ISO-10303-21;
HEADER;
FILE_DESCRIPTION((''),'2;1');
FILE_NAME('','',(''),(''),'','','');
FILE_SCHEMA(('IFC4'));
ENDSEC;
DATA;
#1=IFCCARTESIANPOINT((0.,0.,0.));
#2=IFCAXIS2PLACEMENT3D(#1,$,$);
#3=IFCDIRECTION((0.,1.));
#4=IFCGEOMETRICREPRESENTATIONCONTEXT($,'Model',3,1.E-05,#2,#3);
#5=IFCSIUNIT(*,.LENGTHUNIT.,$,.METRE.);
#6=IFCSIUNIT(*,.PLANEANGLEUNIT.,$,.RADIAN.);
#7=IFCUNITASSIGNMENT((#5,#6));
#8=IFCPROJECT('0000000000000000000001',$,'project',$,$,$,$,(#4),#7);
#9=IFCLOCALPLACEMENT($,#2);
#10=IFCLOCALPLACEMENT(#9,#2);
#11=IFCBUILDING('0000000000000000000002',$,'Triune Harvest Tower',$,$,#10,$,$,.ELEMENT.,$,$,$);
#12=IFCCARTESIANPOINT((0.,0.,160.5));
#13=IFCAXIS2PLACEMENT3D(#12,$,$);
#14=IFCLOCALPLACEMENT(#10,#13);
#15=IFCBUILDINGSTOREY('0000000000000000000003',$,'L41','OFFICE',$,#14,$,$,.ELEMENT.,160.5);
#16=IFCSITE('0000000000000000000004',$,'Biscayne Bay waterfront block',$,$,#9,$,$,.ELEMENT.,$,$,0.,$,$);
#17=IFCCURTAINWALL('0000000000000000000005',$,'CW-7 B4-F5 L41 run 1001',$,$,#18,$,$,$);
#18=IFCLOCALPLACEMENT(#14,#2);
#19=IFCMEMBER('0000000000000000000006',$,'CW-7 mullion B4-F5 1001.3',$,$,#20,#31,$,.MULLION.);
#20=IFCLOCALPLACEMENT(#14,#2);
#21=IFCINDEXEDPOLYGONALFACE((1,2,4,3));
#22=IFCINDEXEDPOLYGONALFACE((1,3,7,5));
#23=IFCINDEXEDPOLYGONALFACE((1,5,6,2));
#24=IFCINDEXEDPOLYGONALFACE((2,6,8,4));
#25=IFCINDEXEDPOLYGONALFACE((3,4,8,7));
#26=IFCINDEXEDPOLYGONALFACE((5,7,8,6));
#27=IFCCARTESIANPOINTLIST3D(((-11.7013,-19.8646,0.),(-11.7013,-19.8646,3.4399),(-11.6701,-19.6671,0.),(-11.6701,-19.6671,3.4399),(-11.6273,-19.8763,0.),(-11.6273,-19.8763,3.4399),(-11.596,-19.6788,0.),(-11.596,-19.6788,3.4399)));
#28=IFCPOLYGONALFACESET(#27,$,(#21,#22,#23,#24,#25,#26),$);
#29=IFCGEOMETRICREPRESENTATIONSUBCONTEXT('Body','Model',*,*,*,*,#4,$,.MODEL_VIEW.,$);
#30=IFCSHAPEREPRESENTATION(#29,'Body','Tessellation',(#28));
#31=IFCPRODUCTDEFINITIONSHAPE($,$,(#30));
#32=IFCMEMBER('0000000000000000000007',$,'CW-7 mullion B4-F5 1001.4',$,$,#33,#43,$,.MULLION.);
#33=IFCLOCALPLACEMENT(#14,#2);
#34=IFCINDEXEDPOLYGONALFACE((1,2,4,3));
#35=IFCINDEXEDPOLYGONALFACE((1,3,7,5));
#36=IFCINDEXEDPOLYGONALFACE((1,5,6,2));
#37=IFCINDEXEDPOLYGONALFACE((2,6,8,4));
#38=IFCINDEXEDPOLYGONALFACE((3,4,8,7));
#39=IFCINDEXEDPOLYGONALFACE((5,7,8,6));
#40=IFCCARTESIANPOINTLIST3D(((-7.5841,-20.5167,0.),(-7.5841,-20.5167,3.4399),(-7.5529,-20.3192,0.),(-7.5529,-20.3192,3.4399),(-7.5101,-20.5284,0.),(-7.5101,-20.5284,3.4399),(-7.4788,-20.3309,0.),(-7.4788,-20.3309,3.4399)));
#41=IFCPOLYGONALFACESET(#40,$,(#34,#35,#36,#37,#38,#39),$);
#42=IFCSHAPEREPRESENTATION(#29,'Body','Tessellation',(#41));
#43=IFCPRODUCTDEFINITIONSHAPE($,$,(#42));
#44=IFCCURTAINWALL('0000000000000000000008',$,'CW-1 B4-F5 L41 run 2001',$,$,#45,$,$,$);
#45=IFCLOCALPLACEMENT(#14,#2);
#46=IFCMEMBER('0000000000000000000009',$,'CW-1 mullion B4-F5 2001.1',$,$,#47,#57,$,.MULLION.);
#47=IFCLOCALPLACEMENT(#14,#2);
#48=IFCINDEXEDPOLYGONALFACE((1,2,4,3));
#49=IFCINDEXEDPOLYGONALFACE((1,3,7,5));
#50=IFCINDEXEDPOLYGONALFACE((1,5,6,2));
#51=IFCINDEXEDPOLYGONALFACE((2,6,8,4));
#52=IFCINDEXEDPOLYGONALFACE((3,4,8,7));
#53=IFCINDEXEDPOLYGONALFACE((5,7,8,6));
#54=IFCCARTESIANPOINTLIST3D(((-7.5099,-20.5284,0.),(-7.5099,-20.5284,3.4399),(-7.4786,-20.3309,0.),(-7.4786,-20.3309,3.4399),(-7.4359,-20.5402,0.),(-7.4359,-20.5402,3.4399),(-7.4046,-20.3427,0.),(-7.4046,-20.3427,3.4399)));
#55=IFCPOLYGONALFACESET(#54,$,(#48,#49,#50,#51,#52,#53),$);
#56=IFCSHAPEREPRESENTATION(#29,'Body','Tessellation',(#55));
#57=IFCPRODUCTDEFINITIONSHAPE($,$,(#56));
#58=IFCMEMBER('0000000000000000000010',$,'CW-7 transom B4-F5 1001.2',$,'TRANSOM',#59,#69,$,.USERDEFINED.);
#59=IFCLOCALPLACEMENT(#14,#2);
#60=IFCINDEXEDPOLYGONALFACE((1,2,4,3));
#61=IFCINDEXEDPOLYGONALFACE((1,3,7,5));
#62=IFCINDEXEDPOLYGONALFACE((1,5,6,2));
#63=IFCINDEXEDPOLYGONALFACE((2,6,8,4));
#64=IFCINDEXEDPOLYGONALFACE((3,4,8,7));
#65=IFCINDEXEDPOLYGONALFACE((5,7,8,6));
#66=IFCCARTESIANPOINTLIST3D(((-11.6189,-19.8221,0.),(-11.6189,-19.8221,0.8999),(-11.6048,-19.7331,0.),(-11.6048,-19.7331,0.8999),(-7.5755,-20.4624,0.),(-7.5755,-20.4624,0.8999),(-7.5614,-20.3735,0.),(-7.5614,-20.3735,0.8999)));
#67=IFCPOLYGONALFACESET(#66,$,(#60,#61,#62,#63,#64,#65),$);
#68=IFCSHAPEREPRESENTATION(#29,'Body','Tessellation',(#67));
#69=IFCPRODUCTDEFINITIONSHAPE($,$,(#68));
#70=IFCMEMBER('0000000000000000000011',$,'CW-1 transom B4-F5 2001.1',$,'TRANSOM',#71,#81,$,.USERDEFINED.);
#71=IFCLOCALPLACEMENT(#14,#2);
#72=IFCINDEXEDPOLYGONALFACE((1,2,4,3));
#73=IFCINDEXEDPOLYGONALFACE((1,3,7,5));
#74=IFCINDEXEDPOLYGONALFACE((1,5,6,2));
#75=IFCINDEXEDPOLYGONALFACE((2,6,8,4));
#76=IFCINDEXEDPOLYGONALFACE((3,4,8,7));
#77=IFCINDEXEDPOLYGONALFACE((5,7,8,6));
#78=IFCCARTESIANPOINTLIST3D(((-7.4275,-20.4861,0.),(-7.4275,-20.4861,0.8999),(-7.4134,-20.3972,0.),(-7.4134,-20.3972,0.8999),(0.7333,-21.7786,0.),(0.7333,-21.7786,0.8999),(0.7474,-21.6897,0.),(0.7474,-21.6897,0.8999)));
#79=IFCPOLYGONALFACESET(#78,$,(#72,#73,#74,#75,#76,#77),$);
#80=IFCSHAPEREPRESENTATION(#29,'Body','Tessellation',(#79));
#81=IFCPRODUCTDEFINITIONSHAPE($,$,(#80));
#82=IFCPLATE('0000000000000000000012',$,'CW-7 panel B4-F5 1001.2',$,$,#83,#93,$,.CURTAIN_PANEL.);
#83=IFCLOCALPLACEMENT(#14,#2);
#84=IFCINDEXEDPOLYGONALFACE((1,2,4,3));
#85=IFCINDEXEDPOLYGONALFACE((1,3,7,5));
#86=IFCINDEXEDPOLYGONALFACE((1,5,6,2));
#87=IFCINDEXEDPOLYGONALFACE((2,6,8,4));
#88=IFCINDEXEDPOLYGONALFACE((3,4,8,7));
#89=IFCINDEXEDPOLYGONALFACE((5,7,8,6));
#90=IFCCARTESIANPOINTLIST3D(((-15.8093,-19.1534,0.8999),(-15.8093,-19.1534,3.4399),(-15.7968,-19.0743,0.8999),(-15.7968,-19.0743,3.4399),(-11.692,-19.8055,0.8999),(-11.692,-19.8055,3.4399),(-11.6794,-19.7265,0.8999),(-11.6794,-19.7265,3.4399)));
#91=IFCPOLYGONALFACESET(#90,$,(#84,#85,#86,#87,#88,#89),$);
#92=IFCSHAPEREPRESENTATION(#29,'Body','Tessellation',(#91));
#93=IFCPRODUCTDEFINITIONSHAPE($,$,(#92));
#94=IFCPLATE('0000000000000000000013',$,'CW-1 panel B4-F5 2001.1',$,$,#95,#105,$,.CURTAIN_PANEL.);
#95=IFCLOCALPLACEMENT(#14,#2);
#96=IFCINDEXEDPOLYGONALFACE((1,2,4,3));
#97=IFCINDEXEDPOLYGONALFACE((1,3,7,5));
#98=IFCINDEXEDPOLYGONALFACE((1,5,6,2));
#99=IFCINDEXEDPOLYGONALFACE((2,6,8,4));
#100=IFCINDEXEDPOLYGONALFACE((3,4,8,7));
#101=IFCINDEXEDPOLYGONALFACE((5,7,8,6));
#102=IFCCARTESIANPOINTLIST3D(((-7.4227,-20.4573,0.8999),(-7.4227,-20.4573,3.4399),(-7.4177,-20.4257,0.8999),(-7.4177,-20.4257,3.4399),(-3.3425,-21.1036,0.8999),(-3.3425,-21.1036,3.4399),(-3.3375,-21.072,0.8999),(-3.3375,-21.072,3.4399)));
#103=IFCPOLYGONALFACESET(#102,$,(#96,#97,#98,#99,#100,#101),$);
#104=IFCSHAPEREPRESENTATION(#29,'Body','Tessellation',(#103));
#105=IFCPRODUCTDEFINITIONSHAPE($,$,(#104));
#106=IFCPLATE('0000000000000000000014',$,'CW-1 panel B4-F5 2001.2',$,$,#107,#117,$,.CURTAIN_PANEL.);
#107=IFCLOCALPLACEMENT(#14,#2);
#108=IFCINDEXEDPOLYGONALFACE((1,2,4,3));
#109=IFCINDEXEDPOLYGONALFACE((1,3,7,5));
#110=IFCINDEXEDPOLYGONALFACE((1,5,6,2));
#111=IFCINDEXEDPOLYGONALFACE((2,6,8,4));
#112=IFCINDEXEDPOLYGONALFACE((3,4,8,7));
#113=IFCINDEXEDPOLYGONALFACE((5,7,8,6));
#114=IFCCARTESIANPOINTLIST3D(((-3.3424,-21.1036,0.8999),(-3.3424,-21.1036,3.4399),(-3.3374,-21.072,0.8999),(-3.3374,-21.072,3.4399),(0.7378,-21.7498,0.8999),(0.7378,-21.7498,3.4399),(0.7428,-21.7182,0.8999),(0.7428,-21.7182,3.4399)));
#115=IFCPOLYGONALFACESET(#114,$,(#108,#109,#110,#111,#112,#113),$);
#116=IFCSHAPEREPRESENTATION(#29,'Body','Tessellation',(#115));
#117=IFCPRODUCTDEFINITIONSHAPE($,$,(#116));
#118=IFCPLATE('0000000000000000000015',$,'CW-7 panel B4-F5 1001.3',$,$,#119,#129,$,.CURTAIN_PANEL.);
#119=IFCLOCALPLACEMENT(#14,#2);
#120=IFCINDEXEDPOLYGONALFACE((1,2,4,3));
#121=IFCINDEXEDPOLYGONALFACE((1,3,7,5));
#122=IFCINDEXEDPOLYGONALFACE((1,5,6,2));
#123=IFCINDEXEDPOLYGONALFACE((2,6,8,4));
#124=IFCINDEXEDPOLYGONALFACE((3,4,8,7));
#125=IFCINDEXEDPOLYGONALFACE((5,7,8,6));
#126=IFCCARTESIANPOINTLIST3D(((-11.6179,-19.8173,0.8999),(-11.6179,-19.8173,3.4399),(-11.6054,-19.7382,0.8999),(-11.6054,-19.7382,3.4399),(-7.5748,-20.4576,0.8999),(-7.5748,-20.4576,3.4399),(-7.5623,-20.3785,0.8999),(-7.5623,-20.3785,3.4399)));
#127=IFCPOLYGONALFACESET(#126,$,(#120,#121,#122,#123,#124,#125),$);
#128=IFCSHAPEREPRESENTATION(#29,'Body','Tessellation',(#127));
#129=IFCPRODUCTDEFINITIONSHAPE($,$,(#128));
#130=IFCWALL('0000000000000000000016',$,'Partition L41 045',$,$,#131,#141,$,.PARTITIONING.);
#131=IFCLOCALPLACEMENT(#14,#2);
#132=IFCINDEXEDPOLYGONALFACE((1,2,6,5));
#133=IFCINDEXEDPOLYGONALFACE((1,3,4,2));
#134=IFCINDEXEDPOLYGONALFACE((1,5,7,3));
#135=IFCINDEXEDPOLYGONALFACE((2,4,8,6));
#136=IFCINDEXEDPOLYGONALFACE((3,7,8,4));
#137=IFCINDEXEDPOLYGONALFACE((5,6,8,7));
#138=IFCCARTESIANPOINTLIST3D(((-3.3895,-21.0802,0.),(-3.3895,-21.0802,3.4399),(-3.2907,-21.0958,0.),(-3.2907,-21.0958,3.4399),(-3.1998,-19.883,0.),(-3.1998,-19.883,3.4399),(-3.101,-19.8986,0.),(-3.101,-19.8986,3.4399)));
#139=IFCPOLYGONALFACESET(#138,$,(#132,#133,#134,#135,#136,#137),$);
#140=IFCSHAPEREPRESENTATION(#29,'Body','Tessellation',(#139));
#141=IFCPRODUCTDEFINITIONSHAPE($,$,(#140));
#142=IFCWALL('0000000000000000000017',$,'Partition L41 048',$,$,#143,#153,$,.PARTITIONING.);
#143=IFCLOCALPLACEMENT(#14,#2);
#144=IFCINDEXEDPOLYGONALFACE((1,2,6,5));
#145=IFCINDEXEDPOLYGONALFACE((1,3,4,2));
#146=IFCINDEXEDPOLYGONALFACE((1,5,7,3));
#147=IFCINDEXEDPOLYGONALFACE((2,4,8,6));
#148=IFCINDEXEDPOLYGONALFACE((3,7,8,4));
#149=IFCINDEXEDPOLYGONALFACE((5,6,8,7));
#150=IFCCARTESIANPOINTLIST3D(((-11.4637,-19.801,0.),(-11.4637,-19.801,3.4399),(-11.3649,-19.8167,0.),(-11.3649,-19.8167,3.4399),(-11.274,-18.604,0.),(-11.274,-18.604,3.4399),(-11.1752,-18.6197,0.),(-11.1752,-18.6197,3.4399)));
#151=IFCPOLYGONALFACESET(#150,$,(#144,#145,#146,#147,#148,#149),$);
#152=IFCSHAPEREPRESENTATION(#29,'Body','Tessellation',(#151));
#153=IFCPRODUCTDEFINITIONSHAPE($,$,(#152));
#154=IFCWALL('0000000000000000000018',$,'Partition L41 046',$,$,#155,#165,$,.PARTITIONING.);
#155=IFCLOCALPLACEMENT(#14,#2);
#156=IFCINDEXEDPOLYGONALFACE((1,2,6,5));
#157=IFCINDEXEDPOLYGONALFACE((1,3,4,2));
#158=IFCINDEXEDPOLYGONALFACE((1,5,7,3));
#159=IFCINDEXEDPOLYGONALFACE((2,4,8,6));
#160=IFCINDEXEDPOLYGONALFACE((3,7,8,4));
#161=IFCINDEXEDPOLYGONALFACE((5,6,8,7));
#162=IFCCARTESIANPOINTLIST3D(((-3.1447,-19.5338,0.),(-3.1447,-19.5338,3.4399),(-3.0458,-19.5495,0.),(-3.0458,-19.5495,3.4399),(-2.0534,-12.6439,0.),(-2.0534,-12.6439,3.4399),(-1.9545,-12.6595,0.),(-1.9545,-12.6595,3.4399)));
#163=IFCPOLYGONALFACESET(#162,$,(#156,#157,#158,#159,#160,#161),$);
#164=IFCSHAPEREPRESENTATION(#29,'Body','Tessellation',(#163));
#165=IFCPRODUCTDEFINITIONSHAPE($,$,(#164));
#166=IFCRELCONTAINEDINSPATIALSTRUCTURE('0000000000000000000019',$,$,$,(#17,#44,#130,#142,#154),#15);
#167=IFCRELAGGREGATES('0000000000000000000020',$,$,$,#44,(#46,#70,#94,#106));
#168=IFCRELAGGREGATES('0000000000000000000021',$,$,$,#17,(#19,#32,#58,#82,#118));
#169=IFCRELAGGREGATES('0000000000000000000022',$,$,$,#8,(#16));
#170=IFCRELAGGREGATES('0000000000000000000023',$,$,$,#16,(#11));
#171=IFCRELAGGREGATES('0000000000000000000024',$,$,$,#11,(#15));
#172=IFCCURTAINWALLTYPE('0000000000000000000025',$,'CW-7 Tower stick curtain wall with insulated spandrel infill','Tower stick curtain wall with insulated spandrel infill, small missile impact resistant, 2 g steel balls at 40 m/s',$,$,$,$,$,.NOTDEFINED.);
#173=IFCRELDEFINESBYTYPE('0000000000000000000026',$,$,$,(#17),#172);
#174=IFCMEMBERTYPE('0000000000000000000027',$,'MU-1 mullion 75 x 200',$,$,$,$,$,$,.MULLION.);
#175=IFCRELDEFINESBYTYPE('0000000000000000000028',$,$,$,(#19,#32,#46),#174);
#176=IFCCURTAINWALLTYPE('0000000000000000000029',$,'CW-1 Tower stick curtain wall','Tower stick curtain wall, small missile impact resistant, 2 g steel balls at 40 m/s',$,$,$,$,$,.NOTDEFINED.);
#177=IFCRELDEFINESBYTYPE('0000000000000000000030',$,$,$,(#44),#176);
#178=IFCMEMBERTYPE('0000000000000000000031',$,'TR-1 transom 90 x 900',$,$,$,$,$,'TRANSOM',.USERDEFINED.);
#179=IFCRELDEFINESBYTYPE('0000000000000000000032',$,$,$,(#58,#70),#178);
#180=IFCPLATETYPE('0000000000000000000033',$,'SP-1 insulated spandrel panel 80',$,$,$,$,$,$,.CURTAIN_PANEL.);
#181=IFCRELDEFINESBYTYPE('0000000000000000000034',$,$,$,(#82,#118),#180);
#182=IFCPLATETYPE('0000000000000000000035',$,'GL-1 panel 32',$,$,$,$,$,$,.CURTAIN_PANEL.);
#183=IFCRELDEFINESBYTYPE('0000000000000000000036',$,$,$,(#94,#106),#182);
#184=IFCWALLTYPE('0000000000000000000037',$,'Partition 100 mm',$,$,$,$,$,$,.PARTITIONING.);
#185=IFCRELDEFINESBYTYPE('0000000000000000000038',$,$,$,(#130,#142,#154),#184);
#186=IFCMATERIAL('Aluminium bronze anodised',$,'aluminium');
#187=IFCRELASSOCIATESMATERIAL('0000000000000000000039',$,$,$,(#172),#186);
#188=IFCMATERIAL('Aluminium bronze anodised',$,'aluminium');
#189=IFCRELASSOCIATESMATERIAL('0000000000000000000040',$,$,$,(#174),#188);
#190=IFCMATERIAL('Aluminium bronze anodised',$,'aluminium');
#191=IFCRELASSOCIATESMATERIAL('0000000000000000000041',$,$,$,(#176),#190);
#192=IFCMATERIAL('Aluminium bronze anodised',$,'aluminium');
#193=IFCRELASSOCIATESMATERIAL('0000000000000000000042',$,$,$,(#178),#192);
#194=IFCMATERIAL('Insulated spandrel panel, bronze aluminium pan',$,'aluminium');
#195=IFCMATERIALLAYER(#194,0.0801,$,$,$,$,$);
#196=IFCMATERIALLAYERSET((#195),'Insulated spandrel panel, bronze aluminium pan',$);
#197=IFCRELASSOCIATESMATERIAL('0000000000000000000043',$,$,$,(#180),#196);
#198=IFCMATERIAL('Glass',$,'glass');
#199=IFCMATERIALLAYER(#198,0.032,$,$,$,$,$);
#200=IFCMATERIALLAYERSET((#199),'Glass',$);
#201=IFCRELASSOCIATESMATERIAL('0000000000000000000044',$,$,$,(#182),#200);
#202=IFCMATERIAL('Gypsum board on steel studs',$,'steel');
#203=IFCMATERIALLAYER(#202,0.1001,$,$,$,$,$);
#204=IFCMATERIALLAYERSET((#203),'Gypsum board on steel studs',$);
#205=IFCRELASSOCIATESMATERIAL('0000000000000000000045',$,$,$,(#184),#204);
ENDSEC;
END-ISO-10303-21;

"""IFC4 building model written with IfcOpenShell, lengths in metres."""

from ifc_helpers import new_model, si_unit, direction, frame, frame_2d, origin, origin_2d, place, context, subcontext, project, spatial, rectangle, extrude, source, transform, mapped, material, layer, layer_set, material_profile, profile_set, type_object, element, aggregate, save


model = new_model("IFC4")

# Units and contexts
model_context = context("Model", 3, precision=1e-05, world=origin(), true_north=direction((0.0, 1.0)))
body_context = subcontext(model_context, "Body", "Model", "MODEL_VIEW")
ifc_project = project(units=[si_unit("LENGTHUNIT", "METRE"), si_unit("PLANEANGLEUNIT", "RADIAN")], contexts=[model_context])

# Site, building, storey
site_placement = place(None, origin())
site = spatial("IfcSite", under=ifc_project, at=site_placement, Name="Biscayne Bay waterfront block", CompositionType="ELEMENT", RefElevation=0.0)
building_placement = place(site_placement, origin())
building = spatial("IfcBuilding", under=site, at=building_placement, Name="Triune Harvest Tower", CompositionType="ELEMENT")
storey_placement = place(building_placement, frame((0.0, 0.0, 160.5)))
storey = spatial("IfcBuildingStorey", under=building, at=storey_placement, Name="L41", Description="OFFICE", CompositionType="ELEMENT", Elevation=160.5)

# Curtain wall, members
ifc_material_1 = material(Name="Aluminium bronze anodised", Category="aluminium")
curtain_wall_type_1 = type_object("IfcCurtainWallType", Name="CW-7 Tower stick curtain wall with insulated spandrel infill", Description="Tower stick curtain wall with insulated spandrel infill, small missile impact resistant, 2 g steel balls at 40 m/s", PredefinedType="NOTDEFINED", material=ifc_material_1)
curtain_wall_1_placement = place(storey_placement, origin())
curtain_wall_1 = element("IfcCurtainWall", 1, at=curtain_wall_1_placement, inside=storey, type_object=curtain_wall_type_1, Name="CW-7 B4-F5 L41 run 1001")
ifc_material_2 = material(Name="Aluminium bronze anodised", Category="aluminium")
ifc_material_profile_1 = material_profile(ifc_material_2, rectangle(XDim=0.2, YDim=0.075, at=origin_2d()), Name="MU-1 mullion 75 x 200")
ifc_profile_set_1 = profile_set([ifc_material_profile_1], Name="Aluminium bronze anodised")
member_type_1 = type_object("IfcMemberType", Name="MU-1 mullion 75 x 200", PredefinedType="MULLION", material=ifc_profile_set_1)
shared_shape_1 = source(origin(), body_context, "Body", "SweptSolid", [
    extrude(rectangle(XDim=0.2, YDim=0.075, at=origin_2d()), origin(), (0.0, 0.0, 1.0), 3.4399),
])
member_1_placement = place(storey_placement, frame((-11.6487, -19.7717, 0.0), z_axis=(0.0, 0.0, 1.0), x_axis=(0.156431, 0.987689, 0.0)))
member_1 = element("IfcMember", 2, at=member_1_placement, type_object=member_type_1, Name="CW-7 mullion B4-F5 1001.3", PredefinedType="MULLION", context=body_context, shape_type="MappedRepresentation", body=[
    mapped(shared_shape_1, transform((0.0, 0.0, 0.0), scale=1.0)),
])
member_2_placement = place(storey_placement, frame((-7.5315, -20.4238, 0.0), z_axis=(0.0, 0.0, 1.0), x_axis=(0.156431, 0.987689, 0.0)))
member_2 = element("IfcMember", 3, at=member_2_placement, type_object=member_type_1, Name="CW-7 mullion B4-F5 1001.4", PredefinedType="MULLION", context=body_context, shape_type="MappedRepresentation", body=[
    mapped(shared_shape_1, transform((0.0, 0.0, 0.0), scale=1.0)),
])

# Curtain wall, member
ifc_material_3 = material(Name="Aluminium bronze anodised", Category="aluminium")
curtain_wall_type_2 = type_object("IfcCurtainWallType", Name="CW-1 Tower stick curtain wall", Description="Tower stick curtain wall, small missile impact resistant, 2 g steel balls at 40 m/s", PredefinedType="NOTDEFINED", material=ifc_material_3)
curtain_wall_2_placement = place(storey_placement, origin())
curtain_wall_2 = element("IfcCurtainWall", 4, at=curtain_wall_2_placement, inside=storey, type_object=curtain_wall_type_2, Name="CW-1 B4-F5 L41 run 2001")
member_3_placement = place(storey_placement, frame((-7.4573, -20.4355, 0.0), z_axis=(0.0, 0.0, 1.0), x_axis=(0.156436, 0.987688, 0.0)))
member_3 = element("IfcMember", 5, at=member_3_placement, type_object=member_type_1, Name="CW-1 mullion B4-F5 2001.1", PredefinedType="MULLION", context=body_context, shape_type="MappedRepresentation", body=[
    mapped(shared_shape_1, transform((0.0, 0.0, 0.0), scale=1.0)),
])

# Members
ifc_material_4 = material(Name="Aluminium bronze anodised", Category="aluminium")
ifc_material_profile_2 = material_profile(ifc_material_4, rectangle(XDim=0.0901, YDim=0.8999, at=origin_2d()), Name="TR-1 transom 90 x 900")
ifc_profile_set_2 = profile_set([ifc_material_profile_2], Name="Aluminium bronze anodised")
member_type_2 = type_object("IfcMemberType", Name="TR-1 transom 90 x 900", ElementType="TRANSOM", PredefinedType="USERDEFINED", material=ifc_profile_set_2)
shared_shape_2 = source(origin(), body_context, "Body", "SweptSolid", [
    extrude(rectangle(XDim=0.0901, YDim=0.8999, at=origin_2d()), origin(), (0.0, 0.0, 1.0), 4.0938),
])
member_4_placement = place(storey_placement, frame((-11.6118, -19.7776, 0.45), z_axis=(0.98769, -0.156425, 0.0), x_axis=(0.156425, 0.98769, 0.0)))
member_4 = element("IfcMember", 6, at=member_4_placement, type_object=member_type_2, Name="CW-7 transom B4-F5 1001.2", ObjectType="TRANSOM", PredefinedType="USERDEFINED", context=body_context, shape_type="MappedRepresentation", body=[
    mapped(shared_shape_2, transform((0.0, 0.0, 0.0), scale=1.0)),
])
shared_shape_3 = source(origin(), body_context, "Body", "SweptSolid", [
    extrude(rectangle(XDim=0.0901, YDim=0.8999, at=origin_2d()), origin(), (0.0, 0.0, 1.0), 8.2625),
])
member_5_placement = place(storey_placement, frame((-7.4204, -20.4417, 0.45), z_axis=(0.987689, -0.15643, 0.0), x_axis=(0.15643, 0.987689, 0.0)))
member_5 = element("IfcMember", 7, at=member_5_placement, type_object=member_type_2, Name="CW-1 transom B4-F5 2001.1", ObjectType="TRANSOM", PredefinedType="USERDEFINED", context=body_context, shape_type="MappedRepresentation", body=[
    mapped(shared_shape_3, transform((0.0, 0.0, 0.0), scale=1.0)),
])

# Plates
ifc_material_5 = material(Name="Insulated spandrel panel, bronze aluminium pan", Category="aluminium")
ifc_layer_1 = layer(ifc_material_5, 0.0801)
ifc_layer_set_1 = layer_set([ifc_layer_1], Name="Insulated spandrel panel, bronze aluminium pan")
plate_type_1 = type_object("IfcPlateType", Name="SP-1 insulated spandrel panel 80", PredefinedType="CURTAIN_PANEL", material=ifc_layer_set_1)
shared_shape_4 = source(origin(), body_context, "Body", "SweptSolid", [
    extrude(rectangle(XDim=4.1687, YDim=0.0801, at=origin_2d()), origin(), (0.0, 0.0, 1.0), 2.54),
])
plate_1_placement = place(storey_placement, frame((-13.7444, -19.4399, 0.8999), z_axis=(0.0, 0.0, 1.0), x_axis=(0.987689, -0.156431, 0.0)))
plate_1 = element("IfcPlate", 8, at=plate_1_placement, type_object=plate_type_1, Name="CW-7 panel B4-F5 1001.2", PredefinedType="CURTAIN_PANEL", context=body_context, shape_type="MappedRepresentation", body=[
    mapped(shared_shape_4, transform((0.0, 0.0, 0.0), scale=1.0)),
])
ifc_material_6 = material(Name="Glass", Category="glass")
ifc_layer_2 = layer(ifc_material_6, 0.032)
ifc_layer_set_2 = layer_set([ifc_layer_2], Name="Glass")
plate_type_2 = type_object("IfcPlateType", Name="GL-1 panel 32", PredefinedType="CURTAIN_PANEL", material=ifc_layer_set_2)
shared_shape_5 = source(origin(), body_context, "Body", "SweptSolid", [
    extrude(rectangle(XDim=4.1311, YDim=0.032, at=origin_2d()), origin(), (0.0, 0.0, 1.0), 2.54),
])
plate_2_placement = place(storey_placement, frame((-5.3801, -20.7646, 0.8999), z_axis=(0.0, 0.0, 1.0), x_axis=(0.987688, -0.156436, 0.0)))
plate_2 = element("IfcPlate", 9, at=plate_2_placement, type_object=plate_type_2, Name="CW-1 panel B4-F5 2001.1", PredefinedType="CURTAIN_PANEL", context=body_context, shape_type="MappedRepresentation", body=[
    mapped(shared_shape_5, transform((0.0, 0.0, 0.0), scale=1.0)),
])
plate_3_placement = place(storey_placement, frame((-1.2998, -21.4109, 0.8999), z_axis=(0.0, 0.0, 1.0), x_axis=(0.987688, -0.156436, 0.0)))
plate_3 = element("IfcPlate", 10, at=plate_3_placement, type_object=plate_type_2, Name="CW-1 panel B4-F5 2001.2", PredefinedType="CURTAIN_PANEL", context=body_context, shape_type="MappedRepresentation", body=[
    mapped(shared_shape_5, transform((0.0, 0.0, 0.0), scale=1.0)),
])
aggregate(curtain_wall_2, [member_3, member_5, plate_2, plate_3])
shared_shape_6 = source(origin(), body_context, "Body", "SweptSolid", [
    extrude(rectangle(XDim=4.0935, YDim=0.0801, at=origin_2d()), origin(), (0.0, 0.0, 1.0), 2.54),
])
plate_4_placement = place(storey_placement, frame((-9.5901, -20.0979, 0.8999), z_axis=(0.0, 0.0, 1.0), x_axis=(0.987689, -0.156431, 0.0)))
plate_4 = element("IfcPlate", 11, at=plate_4_placement, type_object=plate_type_1, Name="CW-7 panel B4-F5 1001.3", PredefinedType="CURTAIN_PANEL", context=body_context, shape_type="MappedRepresentation", body=[
    mapped(shared_shape_6, transform((0.0, 0.0, 0.0), scale=1.0)),
])
aggregate(curtain_wall_1, [member_1, member_2, member_4, plate_1, plate_4])

# Walls
ifc_material_7 = material(Name="Gypsum board on steel studs", Category="steel")
ifc_layer_3 = layer(ifc_material_7, 0.1001)
ifc_layer_set_3 = layer_set([ifc_layer_3], Name="Gypsum board on steel studs")
wall_type_1 = type_object("IfcWallType", Name="Partition 100 mm", PredefinedType="PARTITIONING", material=ifc_layer_set_3)
shared_shape_7 = source(origin(), body_context, "Body", "SweptSolid", [
    extrude(rectangle(XDim=1.2122, YDim=0.1001, at=frame_2d((0.606, 0.0))), origin(), (0.0, 0.0, 1.0), 3.4399),
])
wall_1_placement = place(storey_placement, frame((-3.3401, -21.0879, 0.0), z_axis=(0.0, 0.0, 1.0), x_axis=(0.15649, 0.98768, 0.0)))
element("IfcWall", 12, at=wall_1_placement, inside=storey, type_object=wall_type_1, Name="Partition L41 045", PredefinedType="PARTITIONING", context=body_context, shape_type="MappedRepresentation", body=[
    mapped(shared_shape_7, transform((0.0, 0.0, 0.0), scale=1.0)),
])
shared_shape_8 = source(origin(), body_context, "Body", "SweptSolid", [
    extrude(rectangle(XDim=1.2119, YDim=0.1001, at=frame_2d((0.606, 0.0))), origin(), (0.0, 0.0, 1.0), 3.4399),
])
wall_2_placement = place(storey_placement, frame((-11.4143, -19.8088, 0.0), z_axis=(0.0, 0.0, 1.0), x_axis=(0.156521, 0.987675, 0.0)))
element("IfcWall", 13, at=wall_2_placement, inside=storey, type_object=wall_type_1, Name="Partition L41 048", PredefinedType="PARTITIONING", context=body_context, shape_type="MappedRepresentation", body=[
    mapped(shared_shape_8, transform((0.0, 0.0, 0.0), scale=1.0)),
])
shared_shape_9 = source(origin(), body_context, "Body", "SweptSolid", [
    extrude(rectangle(XDim=6.9758, YDim=0.1001, at=frame_2d((3.4878, 0.0))), origin(), (0.0, 0.0, 1.0), 3.4399),
])
wall_3_placement = place(storey_placement, frame((-3.0952, -19.5415, 0.0), z_axis=(0.0, 0.0, 1.0), x_axis=(0.156442, 0.987687, 0.0)))
element("IfcWall", 14, at=wall_3_placement, inside=storey, type_object=wall_type_1, Name="Partition L41 046", PredefinedType="PARTITIONING", context=body_context, shape_type="MappedRepresentation", body=[
    mapped(shared_shape_9, transform((0.0, 0.0, 0.0), scale=1.0)),
])

save(model, "model.ifc")
